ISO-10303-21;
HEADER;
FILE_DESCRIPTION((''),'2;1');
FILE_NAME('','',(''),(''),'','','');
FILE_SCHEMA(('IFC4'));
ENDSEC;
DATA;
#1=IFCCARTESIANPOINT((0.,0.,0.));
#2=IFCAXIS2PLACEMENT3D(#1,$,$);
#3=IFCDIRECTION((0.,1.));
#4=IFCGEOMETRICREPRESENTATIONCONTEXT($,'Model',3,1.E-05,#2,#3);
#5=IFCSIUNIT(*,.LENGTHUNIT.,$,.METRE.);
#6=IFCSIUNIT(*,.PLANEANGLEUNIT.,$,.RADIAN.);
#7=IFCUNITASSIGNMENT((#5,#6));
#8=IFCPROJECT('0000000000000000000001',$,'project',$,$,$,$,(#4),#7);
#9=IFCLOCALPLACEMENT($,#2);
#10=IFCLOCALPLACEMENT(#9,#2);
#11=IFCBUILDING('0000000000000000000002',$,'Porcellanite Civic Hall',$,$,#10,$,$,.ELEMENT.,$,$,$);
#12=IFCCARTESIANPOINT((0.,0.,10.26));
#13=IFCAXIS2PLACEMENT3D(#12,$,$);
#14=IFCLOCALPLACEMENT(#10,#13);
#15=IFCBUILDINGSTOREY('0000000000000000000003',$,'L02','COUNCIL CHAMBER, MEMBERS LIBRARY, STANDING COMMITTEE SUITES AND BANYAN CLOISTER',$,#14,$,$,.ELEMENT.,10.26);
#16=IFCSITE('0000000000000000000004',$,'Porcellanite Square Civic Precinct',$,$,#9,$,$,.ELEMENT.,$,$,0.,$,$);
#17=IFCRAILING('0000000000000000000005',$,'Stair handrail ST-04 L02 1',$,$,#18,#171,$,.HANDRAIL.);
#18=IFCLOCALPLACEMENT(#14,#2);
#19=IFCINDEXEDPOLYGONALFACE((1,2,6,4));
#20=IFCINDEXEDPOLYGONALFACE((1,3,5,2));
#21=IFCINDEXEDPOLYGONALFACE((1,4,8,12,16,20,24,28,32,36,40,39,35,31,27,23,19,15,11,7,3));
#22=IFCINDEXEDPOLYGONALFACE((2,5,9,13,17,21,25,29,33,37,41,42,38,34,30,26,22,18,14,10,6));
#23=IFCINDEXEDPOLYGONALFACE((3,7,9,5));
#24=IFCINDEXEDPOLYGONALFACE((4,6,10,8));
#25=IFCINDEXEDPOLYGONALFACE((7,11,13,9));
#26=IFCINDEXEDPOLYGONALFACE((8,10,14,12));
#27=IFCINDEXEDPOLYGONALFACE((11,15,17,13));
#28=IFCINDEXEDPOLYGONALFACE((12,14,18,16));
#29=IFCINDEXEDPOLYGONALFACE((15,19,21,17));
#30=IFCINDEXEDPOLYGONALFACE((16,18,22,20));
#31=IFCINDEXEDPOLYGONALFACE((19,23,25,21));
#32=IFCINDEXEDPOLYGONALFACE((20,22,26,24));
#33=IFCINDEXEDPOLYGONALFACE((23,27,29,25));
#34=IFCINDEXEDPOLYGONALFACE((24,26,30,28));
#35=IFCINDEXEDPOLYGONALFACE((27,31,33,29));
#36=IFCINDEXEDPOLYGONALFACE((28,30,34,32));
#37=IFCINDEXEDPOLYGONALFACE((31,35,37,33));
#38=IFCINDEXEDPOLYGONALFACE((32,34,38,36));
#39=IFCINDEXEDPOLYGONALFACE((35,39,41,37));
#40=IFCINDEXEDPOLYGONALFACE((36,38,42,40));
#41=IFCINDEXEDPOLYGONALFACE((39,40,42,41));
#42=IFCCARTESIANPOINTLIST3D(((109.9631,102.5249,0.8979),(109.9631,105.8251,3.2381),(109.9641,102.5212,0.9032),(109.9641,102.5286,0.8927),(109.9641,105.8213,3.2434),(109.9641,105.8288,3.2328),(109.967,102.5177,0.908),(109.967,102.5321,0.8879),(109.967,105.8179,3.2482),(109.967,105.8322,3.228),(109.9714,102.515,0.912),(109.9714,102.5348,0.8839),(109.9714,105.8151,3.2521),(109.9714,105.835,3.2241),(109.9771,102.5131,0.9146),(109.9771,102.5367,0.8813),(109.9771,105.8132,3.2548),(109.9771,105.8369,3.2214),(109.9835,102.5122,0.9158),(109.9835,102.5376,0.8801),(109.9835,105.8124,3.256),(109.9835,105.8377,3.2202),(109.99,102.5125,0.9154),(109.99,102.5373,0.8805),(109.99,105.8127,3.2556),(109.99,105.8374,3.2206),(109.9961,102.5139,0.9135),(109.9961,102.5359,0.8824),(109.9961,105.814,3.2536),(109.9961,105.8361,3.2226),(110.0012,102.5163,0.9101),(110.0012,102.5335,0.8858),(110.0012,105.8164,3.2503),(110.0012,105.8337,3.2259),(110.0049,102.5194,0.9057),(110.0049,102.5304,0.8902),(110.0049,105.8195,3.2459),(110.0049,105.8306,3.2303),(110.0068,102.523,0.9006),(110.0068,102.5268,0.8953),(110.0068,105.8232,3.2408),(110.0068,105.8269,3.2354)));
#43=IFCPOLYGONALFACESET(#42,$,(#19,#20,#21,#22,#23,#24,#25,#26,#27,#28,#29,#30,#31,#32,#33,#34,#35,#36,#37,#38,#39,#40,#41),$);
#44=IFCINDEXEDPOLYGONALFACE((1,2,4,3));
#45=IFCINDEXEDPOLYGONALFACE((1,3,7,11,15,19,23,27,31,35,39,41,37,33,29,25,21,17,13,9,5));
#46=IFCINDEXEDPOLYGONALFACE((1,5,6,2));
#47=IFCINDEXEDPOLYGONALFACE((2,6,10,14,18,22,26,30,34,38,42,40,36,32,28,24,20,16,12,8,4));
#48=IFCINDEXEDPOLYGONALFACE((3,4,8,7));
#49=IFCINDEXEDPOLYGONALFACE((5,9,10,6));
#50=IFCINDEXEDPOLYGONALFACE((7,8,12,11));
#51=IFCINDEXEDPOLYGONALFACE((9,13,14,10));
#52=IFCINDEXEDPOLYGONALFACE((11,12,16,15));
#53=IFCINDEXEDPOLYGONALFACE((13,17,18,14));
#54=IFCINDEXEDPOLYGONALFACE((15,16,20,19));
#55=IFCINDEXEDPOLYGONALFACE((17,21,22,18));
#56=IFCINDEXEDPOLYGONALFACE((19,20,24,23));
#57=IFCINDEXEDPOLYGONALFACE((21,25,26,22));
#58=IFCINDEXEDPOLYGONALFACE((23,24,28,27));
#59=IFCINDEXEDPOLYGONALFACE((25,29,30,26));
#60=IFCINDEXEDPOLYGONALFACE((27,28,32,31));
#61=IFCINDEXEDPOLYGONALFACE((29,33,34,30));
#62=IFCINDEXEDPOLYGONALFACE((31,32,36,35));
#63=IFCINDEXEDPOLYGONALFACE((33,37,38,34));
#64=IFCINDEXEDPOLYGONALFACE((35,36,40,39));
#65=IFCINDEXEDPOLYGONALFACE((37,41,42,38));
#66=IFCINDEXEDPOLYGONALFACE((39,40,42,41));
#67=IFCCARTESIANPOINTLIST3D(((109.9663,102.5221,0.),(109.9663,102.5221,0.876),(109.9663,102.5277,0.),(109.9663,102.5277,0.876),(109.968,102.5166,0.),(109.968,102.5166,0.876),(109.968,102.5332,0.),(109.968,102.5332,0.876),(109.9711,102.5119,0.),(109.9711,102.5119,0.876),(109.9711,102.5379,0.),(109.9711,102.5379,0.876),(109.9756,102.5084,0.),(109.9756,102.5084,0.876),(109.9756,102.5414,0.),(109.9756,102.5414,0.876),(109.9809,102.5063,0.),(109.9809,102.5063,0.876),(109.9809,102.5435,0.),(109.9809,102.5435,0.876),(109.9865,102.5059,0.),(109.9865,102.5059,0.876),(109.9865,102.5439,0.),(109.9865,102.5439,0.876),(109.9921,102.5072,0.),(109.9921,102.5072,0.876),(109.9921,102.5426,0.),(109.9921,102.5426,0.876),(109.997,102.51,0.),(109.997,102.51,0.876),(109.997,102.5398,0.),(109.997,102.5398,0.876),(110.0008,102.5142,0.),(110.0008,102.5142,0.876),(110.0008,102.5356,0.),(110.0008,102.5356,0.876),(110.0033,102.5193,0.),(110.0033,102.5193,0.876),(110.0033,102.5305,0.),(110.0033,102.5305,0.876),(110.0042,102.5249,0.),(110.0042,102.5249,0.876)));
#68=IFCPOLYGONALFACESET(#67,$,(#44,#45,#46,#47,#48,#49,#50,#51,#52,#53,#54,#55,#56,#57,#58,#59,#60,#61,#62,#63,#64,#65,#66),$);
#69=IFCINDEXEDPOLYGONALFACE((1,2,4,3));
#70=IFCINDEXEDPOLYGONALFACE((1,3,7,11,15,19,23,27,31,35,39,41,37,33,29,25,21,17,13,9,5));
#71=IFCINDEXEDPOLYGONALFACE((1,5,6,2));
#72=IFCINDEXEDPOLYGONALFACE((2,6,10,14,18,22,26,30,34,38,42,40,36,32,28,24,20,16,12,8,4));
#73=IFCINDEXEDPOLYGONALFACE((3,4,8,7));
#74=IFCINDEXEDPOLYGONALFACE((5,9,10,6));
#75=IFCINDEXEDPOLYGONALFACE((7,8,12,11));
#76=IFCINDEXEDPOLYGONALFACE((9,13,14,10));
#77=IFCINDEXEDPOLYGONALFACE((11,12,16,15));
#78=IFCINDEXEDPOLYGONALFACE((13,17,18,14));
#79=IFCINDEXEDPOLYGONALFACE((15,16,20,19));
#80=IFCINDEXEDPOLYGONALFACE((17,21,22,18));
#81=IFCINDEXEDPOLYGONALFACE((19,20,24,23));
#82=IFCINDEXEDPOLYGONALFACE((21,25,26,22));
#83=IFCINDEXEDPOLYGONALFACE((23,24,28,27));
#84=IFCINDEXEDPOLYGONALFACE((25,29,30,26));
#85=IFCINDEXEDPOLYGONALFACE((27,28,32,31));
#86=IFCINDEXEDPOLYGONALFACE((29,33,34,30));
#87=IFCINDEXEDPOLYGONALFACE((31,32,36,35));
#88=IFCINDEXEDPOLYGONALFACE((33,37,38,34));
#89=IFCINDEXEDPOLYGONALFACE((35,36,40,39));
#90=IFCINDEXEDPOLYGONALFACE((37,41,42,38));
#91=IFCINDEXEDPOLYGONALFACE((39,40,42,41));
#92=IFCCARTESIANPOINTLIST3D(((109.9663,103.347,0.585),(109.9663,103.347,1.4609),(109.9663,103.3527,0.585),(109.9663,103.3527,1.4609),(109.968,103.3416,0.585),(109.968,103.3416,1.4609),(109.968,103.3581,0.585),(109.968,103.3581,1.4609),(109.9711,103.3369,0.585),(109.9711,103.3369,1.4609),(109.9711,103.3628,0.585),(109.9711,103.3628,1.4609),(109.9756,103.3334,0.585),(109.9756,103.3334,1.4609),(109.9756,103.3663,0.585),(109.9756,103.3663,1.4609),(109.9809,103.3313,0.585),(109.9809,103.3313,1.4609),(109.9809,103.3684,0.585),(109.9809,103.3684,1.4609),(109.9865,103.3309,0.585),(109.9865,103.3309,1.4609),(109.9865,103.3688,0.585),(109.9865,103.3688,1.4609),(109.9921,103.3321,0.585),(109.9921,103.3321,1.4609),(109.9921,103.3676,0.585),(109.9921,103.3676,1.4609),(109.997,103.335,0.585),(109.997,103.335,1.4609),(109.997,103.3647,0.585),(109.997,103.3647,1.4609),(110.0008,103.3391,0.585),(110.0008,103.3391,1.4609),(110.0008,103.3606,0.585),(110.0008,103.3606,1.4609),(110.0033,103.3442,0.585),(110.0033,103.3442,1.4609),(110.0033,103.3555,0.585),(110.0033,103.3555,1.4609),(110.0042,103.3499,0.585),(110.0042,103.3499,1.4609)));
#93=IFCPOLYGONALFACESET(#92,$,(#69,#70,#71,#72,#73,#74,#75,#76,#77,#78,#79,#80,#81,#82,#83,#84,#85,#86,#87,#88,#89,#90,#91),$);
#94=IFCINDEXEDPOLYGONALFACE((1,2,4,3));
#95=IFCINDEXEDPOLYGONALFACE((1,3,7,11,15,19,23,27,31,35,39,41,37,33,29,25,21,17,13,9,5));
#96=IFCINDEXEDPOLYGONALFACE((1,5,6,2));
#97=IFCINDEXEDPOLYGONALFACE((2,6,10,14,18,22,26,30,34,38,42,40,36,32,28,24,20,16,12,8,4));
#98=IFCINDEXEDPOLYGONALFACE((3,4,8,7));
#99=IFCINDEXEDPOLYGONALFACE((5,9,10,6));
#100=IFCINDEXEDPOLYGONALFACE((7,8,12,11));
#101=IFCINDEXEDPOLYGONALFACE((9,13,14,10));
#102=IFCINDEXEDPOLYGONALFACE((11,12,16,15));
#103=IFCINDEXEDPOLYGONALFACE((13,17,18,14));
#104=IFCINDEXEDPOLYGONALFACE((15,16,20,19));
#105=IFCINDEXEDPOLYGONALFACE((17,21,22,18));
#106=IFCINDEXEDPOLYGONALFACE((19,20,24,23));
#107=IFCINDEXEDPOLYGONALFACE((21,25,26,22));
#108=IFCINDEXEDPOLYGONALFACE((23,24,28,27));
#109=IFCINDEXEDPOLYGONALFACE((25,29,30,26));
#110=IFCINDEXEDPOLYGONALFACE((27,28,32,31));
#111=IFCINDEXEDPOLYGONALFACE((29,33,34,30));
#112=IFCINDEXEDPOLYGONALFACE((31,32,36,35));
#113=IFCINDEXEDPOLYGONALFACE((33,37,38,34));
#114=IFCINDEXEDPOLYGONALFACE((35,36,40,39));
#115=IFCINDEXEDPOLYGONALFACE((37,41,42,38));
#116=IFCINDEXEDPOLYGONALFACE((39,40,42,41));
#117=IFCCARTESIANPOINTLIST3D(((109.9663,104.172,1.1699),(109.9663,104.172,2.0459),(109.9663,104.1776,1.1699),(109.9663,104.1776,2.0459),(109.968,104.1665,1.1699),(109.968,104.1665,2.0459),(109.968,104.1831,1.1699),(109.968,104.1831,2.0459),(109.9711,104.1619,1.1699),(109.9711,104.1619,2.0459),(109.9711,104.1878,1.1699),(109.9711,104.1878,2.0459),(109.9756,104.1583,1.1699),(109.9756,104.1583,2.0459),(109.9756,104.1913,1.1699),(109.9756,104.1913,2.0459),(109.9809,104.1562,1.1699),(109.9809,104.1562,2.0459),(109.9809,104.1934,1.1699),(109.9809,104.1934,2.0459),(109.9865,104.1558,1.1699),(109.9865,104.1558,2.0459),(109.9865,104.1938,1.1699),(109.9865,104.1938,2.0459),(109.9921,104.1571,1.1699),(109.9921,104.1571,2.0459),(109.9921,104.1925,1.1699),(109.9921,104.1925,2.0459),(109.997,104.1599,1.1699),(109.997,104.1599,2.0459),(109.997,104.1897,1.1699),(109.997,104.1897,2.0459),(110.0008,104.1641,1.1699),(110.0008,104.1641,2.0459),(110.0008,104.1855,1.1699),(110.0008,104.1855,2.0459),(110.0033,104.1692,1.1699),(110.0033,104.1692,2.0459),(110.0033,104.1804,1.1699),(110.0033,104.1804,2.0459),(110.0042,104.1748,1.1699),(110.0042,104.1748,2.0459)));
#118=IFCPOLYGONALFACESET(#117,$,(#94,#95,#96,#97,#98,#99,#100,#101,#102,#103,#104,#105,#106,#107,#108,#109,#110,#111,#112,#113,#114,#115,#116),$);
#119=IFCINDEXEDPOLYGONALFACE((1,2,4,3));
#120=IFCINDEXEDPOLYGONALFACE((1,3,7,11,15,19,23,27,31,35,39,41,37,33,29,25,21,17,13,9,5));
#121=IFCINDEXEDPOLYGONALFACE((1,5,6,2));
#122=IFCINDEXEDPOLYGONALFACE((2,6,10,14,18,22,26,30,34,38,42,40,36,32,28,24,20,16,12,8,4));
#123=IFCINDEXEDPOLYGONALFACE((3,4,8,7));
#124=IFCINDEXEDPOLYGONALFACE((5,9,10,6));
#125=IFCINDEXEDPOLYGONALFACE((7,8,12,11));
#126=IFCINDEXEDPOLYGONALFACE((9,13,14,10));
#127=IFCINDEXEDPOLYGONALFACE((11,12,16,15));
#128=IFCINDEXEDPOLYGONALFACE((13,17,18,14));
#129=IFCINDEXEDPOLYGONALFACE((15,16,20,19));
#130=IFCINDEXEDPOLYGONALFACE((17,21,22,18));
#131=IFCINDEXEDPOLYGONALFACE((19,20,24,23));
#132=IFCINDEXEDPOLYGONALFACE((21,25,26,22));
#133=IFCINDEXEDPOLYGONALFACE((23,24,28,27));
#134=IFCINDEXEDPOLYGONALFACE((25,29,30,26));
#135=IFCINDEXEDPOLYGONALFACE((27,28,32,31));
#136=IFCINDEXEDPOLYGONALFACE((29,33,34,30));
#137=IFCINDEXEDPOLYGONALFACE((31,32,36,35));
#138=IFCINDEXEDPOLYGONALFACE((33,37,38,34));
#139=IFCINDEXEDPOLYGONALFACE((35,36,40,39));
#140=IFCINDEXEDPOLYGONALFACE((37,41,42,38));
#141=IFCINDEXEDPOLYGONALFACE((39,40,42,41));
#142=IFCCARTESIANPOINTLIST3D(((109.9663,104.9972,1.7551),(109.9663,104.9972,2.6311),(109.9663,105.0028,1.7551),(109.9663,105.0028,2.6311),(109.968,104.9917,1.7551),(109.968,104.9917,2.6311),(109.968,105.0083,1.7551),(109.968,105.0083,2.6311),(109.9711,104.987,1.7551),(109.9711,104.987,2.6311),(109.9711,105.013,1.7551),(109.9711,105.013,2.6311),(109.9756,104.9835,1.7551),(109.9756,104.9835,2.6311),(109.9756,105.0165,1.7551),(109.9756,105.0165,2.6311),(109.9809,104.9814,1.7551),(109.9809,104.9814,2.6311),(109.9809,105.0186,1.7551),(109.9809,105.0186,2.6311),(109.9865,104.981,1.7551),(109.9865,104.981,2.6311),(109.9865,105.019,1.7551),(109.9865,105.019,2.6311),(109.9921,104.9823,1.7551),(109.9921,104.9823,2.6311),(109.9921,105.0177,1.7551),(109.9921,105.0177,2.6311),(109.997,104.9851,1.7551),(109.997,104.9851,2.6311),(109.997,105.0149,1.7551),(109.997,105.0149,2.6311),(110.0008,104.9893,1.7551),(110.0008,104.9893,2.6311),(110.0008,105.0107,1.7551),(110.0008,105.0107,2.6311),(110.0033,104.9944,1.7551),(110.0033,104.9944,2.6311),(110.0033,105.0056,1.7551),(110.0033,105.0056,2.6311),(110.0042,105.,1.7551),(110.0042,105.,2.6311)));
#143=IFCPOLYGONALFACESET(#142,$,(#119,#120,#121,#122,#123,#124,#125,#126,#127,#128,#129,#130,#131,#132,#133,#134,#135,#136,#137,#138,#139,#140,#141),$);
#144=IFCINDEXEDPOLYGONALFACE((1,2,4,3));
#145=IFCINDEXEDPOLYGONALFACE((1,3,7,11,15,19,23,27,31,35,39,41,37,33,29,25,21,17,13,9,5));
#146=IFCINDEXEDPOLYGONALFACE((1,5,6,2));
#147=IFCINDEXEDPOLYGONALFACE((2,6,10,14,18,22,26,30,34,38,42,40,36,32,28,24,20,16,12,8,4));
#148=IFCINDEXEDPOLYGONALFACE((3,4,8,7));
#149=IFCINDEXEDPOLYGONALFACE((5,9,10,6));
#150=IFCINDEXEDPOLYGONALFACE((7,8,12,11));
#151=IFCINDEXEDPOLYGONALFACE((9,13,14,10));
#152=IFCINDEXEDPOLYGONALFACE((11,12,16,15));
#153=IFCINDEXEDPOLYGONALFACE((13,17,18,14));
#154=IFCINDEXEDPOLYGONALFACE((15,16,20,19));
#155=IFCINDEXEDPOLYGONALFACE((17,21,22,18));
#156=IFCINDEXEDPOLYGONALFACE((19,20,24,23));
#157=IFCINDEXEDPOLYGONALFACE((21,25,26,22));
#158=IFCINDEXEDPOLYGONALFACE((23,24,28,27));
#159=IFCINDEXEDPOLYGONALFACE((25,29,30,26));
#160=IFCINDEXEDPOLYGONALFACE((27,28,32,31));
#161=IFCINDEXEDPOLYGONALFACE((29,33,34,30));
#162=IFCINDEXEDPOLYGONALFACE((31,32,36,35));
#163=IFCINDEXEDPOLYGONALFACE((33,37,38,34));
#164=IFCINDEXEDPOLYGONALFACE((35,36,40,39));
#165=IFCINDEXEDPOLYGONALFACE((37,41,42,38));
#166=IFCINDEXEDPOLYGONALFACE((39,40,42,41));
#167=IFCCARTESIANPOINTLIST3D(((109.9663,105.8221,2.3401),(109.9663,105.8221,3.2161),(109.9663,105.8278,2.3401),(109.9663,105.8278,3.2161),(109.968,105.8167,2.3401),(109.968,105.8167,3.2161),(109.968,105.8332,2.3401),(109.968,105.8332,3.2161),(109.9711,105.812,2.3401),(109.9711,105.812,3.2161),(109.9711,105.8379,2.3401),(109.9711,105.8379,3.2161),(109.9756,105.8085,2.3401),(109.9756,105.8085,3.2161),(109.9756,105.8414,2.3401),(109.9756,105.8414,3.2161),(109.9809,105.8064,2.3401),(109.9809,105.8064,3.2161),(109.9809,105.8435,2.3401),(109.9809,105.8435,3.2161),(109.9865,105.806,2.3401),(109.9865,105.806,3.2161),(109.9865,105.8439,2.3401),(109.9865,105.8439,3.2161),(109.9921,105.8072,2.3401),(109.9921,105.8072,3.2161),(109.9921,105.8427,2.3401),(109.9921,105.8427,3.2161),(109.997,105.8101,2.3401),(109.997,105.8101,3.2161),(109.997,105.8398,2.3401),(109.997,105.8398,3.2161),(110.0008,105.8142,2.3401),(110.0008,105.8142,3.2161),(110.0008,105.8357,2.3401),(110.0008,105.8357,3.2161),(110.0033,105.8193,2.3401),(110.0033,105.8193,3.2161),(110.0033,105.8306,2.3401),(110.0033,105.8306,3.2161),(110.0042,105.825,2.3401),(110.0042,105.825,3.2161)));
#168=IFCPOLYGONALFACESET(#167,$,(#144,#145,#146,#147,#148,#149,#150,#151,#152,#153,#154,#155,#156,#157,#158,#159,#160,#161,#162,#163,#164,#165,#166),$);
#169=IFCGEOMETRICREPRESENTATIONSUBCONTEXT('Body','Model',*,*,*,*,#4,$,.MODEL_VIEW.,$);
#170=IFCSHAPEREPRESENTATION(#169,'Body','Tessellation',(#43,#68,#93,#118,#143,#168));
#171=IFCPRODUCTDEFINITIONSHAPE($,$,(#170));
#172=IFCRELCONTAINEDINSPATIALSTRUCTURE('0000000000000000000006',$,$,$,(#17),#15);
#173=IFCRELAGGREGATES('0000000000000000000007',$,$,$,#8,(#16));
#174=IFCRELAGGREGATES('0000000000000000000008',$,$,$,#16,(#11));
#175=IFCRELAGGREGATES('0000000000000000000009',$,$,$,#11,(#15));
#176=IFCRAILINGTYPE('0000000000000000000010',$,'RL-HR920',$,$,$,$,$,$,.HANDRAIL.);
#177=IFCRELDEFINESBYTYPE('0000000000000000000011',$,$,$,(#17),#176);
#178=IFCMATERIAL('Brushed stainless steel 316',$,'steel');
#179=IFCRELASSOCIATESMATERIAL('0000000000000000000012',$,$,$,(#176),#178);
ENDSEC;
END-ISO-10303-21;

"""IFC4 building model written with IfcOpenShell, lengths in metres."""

from ifc_helpers import new_model, si_unit, direction, frame, origin, origin_2d, place, context, subcontext, project, spatial, circle, extrude, material, type_object, element, save


model = new_model("IFC4")

# Units and contexts
model_context = context("Model", 3, precision=1e-05, world=origin(), true_north=direction((0.0, 1.0)))
body_context = subcontext(model_context, "Body", "Model", "MODEL_VIEW")
ifc_project = project(units=[si_unit("LENGTHUNIT", "METRE"), si_unit("PLANEANGLEUNIT", "RADIAN")], contexts=[model_context])

# Site, building, storey
site_placement = place(None, origin())
site = spatial("IfcSite", under=ifc_project, at=site_placement, Name="Porcellanite Square Civic Precinct", CompositionType="ELEMENT", RefElevation=0.0)
building_placement = place(site_placement, origin())
building = spatial("IfcBuilding", under=site, at=building_placement, Name="Porcellanite Civic Hall", CompositionType="ELEMENT")
storey_placement = place(building_placement, frame((0.0, 0.0, 10.26)))
storey = spatial("IfcBuildingStorey", under=building, at=storey_placement, Name="L02", Description="COUNCIL CHAMBER, MEMBERS LIBRARY, STANDING COMMITTEE SUITES AND BANYAN CLOISTER", CompositionType="ELEMENT", Elevation=10.26)

# Railing
ifc_material_1 = material(Name="Brushed stainless steel 316", Category="steel")
railing_type_1 = type_object("IfcRailingType", Name="RL-HR920", PredefinedType="HANDRAIL", material=ifc_material_1)
railing_1_placement = place(storey_placement, frame((109.9851, 102.5249, 0.0)))
element("IfcRailing", 1, at=railing_1_placement, inside=storey, type_object=railing_type_1, Name="Stair handrail ST-04 L02 1", PredefinedType="HANDRAIL", context=body_context, shape_type="SweptSolid", body=[
    extrude(circle(Radius=0.022, at=origin_2d()), frame((0.0, 0.0, 0.8979), z_axis=(0.0, 0.815727, 0.578438), x_axis=(-1.0, 0.0, 0.0)), (0.0, 0.0, 1.0), 4.0457),
    extrude(circle(Radius=0.019, at=origin_2d()), origin(), (0.0, 0.0, 1.0), 0.876),
    extrude(circle(Radius=0.019, at=origin_2d()), frame((0.0, 0.825, 0.585)), (0.0, 0.0, 1.0), 0.876),
    extrude(circle(Radius=0.019, at=origin_2d()), frame((0.0, 1.6499, 1.1699)), (0.0, 0.0, 1.0), 0.876),
    extrude(circle(Radius=0.019, at=origin_2d()), frame((0.0, 2.4751, 1.7551)), (0.0, 0.0, 1.0), 0.876),
    extrude(circle(Radius=0.019, at=origin_2d()), frame((0.0, 3.3, 2.3401)), (0.0, 0.0, 1.0), 0.876),
])

save(model, "model.ifc")
